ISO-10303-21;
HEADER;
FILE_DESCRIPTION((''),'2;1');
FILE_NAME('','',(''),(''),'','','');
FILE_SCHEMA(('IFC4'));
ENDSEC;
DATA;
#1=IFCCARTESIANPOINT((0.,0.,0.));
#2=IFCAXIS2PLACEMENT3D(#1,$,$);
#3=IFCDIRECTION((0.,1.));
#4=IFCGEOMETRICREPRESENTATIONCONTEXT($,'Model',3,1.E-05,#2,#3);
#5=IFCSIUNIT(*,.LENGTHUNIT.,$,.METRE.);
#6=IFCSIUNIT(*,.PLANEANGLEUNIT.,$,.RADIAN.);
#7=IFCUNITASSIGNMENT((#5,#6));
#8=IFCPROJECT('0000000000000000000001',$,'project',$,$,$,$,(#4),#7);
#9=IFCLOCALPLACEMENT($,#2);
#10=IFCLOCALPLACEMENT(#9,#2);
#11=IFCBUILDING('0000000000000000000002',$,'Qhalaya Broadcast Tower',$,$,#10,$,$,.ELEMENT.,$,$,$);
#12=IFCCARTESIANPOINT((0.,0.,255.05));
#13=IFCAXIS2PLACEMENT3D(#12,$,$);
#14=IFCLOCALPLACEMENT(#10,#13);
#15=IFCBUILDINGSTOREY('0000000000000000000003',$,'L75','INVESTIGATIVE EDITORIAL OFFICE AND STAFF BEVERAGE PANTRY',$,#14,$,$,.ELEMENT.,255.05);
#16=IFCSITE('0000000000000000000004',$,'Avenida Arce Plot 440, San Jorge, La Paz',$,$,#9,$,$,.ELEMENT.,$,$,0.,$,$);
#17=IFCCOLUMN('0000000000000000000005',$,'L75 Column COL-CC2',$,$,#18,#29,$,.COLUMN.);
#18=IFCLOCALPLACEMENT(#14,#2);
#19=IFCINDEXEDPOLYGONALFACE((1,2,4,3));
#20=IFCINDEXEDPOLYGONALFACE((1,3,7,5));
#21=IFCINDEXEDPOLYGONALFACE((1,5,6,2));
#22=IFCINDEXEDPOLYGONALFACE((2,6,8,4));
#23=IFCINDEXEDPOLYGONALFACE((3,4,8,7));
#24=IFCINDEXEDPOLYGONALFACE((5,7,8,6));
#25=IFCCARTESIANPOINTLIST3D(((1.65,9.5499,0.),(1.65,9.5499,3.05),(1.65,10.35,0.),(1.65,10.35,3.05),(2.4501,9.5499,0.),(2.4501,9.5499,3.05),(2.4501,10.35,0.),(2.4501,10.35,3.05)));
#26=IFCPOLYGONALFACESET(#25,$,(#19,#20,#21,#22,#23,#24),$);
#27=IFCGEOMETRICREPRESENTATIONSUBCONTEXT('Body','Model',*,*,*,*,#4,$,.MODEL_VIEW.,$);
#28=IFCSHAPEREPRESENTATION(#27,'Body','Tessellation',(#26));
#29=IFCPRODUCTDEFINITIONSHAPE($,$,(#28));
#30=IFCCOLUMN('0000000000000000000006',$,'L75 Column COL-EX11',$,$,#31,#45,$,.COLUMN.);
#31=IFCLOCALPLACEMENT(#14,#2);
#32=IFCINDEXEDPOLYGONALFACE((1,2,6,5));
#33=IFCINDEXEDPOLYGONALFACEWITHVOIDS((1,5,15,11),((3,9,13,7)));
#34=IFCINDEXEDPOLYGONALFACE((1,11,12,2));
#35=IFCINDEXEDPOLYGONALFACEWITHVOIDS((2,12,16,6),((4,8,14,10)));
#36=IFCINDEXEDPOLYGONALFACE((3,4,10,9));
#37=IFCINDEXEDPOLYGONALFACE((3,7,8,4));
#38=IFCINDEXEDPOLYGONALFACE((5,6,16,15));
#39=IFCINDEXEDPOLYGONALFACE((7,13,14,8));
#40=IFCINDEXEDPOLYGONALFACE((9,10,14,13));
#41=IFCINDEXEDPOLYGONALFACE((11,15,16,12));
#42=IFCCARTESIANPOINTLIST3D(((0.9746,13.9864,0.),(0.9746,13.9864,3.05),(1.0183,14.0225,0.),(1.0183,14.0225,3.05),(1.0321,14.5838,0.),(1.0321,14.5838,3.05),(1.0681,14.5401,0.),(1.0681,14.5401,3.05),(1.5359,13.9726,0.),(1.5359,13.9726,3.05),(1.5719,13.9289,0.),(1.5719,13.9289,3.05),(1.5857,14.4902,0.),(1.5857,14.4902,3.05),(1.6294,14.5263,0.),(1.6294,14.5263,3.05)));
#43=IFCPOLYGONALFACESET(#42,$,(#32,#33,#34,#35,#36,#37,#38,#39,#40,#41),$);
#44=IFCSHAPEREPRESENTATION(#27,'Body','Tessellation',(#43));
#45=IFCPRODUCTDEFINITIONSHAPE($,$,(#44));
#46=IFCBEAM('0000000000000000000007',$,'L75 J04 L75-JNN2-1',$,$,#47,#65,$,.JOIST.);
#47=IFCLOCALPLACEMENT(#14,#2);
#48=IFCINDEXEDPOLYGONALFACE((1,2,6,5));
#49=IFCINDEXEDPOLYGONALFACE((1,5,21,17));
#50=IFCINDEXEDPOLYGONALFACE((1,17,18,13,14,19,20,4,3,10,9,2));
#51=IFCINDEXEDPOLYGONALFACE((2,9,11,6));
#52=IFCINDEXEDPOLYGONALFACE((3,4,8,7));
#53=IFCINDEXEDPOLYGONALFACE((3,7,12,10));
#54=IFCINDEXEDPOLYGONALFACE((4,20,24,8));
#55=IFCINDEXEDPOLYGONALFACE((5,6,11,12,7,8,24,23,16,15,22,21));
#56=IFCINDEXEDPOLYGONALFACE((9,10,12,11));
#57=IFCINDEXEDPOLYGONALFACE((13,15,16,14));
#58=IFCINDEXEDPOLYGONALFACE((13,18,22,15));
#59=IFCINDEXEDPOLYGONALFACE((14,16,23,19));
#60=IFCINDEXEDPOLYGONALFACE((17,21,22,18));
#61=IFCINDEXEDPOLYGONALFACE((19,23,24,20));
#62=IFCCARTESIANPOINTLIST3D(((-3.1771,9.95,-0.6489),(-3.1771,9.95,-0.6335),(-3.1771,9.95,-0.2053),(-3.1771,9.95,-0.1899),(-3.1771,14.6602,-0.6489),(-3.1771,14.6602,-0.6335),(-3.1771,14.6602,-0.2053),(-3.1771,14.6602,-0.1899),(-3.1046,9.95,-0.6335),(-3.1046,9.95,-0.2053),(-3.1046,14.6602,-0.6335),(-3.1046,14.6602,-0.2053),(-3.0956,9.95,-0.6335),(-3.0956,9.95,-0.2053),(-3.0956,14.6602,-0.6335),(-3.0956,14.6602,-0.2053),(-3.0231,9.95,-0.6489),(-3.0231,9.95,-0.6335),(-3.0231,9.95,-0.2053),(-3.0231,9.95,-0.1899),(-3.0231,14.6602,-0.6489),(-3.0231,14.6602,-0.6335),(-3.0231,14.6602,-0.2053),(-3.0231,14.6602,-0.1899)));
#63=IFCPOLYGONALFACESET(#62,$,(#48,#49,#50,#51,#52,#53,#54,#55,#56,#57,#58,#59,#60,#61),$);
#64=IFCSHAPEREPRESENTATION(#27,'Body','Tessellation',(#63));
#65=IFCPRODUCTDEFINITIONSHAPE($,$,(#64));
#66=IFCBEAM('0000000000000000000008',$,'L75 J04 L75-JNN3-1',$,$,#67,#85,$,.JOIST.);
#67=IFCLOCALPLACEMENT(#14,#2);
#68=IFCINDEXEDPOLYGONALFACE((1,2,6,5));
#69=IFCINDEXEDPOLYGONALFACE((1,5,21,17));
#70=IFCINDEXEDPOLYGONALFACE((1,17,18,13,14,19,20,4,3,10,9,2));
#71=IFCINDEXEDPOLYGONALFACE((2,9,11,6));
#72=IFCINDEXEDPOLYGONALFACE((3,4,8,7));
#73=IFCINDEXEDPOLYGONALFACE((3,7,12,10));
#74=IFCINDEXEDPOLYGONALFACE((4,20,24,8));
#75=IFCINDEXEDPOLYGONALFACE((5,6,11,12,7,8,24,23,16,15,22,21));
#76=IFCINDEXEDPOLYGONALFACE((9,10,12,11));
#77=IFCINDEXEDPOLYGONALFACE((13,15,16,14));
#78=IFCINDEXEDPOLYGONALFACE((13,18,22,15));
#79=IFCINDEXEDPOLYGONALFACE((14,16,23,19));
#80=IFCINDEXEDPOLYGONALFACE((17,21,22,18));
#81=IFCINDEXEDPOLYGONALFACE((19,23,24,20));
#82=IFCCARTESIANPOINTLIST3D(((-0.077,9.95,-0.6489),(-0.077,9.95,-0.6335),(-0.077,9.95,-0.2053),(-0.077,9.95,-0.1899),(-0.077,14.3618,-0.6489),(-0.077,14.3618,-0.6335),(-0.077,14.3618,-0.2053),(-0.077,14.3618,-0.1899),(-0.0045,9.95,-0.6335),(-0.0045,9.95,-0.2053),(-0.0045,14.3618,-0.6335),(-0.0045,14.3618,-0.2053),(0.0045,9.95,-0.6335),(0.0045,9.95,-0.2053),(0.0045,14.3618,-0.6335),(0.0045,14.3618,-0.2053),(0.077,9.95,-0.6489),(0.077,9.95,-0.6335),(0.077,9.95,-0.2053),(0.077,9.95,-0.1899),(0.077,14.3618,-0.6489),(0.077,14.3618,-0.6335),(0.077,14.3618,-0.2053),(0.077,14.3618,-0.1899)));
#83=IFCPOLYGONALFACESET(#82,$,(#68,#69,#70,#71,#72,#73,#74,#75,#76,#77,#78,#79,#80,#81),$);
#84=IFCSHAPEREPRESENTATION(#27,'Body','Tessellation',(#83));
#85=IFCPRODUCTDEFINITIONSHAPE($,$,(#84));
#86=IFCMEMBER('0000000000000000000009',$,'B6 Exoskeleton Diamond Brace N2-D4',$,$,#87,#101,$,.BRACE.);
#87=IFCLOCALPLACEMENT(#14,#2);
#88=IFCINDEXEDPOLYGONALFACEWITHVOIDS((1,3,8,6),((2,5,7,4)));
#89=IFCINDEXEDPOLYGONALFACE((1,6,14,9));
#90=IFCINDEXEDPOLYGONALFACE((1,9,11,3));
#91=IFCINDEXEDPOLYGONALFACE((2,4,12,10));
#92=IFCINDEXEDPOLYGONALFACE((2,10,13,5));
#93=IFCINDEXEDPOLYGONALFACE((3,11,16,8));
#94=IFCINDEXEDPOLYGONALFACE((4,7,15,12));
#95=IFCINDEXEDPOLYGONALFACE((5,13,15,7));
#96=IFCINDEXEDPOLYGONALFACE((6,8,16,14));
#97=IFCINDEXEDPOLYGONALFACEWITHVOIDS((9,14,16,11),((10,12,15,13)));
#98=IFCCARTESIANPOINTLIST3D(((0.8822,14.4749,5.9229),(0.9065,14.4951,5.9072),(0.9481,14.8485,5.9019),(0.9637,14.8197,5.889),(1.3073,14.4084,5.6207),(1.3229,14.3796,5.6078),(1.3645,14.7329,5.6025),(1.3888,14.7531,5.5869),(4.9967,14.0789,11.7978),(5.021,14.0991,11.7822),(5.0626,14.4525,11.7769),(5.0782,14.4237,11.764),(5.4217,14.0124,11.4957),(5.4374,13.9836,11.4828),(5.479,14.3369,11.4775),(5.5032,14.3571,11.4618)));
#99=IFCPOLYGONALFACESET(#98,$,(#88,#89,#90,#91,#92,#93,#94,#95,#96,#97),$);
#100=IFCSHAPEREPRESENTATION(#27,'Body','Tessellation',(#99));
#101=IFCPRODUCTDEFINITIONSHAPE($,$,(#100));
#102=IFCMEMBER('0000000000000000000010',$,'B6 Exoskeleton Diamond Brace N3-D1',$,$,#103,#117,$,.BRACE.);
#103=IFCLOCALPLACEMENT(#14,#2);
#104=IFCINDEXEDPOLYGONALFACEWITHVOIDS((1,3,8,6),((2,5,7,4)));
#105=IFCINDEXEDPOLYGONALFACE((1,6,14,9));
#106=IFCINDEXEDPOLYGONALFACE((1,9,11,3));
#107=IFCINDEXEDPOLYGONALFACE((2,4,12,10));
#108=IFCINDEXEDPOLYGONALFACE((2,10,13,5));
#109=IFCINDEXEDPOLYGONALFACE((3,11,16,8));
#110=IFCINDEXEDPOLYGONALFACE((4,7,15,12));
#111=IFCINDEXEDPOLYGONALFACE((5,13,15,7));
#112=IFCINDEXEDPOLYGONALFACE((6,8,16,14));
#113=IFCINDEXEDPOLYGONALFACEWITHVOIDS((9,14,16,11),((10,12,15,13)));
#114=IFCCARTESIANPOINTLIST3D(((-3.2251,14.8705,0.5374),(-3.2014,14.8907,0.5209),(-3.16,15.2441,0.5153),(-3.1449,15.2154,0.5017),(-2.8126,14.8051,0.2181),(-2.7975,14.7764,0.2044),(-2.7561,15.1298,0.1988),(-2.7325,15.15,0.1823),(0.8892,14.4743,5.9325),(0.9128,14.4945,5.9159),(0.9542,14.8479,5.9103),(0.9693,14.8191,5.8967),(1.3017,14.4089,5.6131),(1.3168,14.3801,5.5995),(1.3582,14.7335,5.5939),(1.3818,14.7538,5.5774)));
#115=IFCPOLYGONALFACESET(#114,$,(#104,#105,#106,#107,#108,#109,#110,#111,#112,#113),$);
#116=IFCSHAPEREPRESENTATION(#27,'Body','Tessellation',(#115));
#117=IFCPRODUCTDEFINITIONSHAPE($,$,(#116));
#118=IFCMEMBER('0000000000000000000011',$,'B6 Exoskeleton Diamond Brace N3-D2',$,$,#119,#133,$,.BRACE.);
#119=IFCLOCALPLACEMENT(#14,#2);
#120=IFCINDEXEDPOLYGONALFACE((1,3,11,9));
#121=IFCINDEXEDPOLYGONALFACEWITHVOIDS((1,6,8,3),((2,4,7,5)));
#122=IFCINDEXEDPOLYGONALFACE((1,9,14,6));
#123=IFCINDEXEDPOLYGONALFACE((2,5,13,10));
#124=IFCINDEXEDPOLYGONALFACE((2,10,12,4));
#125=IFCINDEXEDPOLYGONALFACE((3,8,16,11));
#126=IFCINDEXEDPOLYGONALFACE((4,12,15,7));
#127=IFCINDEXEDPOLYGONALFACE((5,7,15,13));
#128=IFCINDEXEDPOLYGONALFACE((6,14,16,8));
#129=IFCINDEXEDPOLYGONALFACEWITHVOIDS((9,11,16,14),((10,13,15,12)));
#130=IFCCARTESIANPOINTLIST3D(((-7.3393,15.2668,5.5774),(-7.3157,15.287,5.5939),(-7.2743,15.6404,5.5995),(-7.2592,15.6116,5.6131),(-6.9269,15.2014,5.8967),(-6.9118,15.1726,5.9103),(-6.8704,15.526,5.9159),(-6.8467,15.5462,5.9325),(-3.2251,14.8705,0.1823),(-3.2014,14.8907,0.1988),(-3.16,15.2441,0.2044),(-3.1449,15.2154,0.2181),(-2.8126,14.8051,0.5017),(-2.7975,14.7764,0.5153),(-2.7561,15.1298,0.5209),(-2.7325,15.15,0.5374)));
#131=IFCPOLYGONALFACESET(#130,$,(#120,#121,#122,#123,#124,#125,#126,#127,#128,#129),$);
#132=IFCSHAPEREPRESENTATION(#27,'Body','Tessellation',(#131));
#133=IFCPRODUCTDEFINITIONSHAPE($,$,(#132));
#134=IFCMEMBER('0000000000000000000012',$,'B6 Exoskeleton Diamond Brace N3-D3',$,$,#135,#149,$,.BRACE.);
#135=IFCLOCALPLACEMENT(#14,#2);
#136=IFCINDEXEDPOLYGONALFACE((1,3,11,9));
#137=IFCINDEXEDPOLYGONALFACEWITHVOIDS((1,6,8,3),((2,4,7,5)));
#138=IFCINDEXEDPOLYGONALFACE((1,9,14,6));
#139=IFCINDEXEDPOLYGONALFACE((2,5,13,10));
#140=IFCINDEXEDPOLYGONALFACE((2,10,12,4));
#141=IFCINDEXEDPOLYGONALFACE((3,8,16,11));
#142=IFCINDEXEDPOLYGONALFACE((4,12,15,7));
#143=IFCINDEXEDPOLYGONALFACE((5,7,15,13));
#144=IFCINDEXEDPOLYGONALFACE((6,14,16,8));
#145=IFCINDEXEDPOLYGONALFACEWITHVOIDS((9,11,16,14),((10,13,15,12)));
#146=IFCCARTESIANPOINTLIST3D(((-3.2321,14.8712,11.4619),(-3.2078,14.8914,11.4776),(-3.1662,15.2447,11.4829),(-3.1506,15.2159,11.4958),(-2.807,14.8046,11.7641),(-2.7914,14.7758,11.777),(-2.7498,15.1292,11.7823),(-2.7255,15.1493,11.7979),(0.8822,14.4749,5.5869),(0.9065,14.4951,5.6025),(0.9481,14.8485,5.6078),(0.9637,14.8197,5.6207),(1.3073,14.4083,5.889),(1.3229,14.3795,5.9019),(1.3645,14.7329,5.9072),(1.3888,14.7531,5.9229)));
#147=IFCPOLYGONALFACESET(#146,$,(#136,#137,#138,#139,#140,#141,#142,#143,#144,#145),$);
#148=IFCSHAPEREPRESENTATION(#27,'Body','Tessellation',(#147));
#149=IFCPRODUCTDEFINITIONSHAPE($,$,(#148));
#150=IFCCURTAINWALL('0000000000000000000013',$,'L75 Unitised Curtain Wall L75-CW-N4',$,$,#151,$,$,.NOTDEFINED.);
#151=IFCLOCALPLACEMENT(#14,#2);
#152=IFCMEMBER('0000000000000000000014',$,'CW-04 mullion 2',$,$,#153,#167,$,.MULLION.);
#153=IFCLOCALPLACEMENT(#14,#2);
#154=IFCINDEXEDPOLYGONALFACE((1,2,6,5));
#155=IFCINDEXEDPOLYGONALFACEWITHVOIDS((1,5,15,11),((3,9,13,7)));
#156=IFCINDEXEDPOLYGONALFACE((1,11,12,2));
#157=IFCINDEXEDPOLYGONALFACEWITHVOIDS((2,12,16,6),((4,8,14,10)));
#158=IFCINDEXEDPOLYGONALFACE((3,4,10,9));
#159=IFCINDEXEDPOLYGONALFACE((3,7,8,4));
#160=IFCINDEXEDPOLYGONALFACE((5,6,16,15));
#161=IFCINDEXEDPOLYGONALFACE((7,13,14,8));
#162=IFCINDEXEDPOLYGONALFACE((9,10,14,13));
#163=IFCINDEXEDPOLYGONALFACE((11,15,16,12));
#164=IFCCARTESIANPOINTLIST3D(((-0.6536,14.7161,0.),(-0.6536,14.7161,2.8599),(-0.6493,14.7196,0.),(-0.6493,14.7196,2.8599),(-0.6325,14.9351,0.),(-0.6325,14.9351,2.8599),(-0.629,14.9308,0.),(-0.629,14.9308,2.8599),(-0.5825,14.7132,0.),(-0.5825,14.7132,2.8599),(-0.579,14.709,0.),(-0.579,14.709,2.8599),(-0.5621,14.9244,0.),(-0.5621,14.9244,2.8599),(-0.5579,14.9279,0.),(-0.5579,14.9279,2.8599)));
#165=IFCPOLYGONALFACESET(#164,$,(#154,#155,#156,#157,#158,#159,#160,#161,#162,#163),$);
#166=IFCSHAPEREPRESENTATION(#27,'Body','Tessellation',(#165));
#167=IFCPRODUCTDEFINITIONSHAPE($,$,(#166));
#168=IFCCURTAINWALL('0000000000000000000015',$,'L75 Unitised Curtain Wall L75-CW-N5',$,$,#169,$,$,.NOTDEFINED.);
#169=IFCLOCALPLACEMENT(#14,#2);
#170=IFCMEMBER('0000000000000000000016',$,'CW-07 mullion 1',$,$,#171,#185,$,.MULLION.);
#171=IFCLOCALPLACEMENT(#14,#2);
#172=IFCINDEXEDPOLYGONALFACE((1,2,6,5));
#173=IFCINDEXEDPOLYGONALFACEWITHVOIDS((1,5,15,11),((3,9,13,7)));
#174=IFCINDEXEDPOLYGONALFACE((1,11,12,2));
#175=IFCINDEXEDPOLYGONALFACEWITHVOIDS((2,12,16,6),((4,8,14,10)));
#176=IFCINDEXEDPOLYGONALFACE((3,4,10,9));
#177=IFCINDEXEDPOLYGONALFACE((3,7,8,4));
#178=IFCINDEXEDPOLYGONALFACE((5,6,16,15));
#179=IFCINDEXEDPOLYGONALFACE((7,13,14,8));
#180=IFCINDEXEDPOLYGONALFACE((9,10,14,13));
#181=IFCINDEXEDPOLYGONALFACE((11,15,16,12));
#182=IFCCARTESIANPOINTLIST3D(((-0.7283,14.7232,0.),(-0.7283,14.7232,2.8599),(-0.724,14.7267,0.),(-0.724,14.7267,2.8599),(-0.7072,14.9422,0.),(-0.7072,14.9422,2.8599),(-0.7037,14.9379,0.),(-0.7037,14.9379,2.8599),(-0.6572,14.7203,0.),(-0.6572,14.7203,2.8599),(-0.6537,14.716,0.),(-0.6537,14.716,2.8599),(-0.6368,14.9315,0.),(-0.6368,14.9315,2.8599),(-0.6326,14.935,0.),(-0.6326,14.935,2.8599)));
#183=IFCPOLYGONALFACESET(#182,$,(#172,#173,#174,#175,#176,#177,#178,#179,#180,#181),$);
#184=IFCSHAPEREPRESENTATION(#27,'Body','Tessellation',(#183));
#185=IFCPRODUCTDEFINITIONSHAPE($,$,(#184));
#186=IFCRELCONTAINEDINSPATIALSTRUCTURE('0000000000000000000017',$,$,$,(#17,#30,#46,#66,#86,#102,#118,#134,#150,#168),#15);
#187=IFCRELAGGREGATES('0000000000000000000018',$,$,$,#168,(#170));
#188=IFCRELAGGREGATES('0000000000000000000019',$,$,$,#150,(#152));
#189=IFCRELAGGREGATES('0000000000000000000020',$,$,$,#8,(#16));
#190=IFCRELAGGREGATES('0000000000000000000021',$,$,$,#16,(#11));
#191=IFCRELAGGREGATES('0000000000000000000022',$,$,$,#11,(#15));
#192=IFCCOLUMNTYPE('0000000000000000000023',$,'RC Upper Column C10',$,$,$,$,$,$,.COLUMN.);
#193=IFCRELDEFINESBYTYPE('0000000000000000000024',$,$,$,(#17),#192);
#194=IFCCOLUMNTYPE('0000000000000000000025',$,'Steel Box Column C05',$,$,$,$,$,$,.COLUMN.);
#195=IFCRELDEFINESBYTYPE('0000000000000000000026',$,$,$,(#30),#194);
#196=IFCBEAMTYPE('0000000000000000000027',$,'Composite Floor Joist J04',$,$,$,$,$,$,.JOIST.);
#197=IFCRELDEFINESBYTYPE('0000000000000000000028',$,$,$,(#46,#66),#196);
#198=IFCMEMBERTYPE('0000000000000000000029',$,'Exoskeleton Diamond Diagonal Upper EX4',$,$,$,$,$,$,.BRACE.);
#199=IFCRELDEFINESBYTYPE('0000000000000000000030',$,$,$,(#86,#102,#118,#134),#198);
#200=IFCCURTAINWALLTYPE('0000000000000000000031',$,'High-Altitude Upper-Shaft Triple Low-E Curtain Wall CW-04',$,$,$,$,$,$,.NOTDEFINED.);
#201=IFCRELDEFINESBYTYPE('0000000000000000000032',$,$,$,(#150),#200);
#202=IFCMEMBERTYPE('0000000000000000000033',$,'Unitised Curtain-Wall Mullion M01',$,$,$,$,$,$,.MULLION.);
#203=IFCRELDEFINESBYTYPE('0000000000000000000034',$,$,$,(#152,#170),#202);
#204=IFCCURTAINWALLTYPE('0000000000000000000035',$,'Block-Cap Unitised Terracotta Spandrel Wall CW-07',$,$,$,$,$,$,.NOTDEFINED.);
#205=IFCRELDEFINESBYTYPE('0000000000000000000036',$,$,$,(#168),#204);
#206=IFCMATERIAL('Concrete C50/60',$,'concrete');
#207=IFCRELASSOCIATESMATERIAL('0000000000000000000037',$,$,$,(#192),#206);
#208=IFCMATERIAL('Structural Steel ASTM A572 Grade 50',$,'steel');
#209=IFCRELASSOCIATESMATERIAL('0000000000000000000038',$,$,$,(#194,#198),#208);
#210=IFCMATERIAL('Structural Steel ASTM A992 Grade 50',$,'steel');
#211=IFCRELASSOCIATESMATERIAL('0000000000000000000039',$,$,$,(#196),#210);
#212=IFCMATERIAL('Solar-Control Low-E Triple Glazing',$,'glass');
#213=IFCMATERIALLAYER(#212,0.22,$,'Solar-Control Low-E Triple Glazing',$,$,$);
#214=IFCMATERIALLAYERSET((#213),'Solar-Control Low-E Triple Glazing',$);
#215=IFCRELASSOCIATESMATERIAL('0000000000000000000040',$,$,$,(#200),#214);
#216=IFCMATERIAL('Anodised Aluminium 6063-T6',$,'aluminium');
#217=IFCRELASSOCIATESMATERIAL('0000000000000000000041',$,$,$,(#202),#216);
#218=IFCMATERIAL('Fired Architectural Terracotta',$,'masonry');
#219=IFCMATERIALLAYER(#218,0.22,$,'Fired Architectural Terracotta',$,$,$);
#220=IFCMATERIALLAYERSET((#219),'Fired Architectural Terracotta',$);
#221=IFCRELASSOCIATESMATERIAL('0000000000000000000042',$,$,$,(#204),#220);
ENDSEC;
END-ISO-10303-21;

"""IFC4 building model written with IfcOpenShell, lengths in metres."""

from ifc_helpers import new_model, si_unit, direction, frame, origin, origin_2d, place, context, subcontext, project, spatial, rectangle, hollow_rectangle, i_section, extrude, material, layer, layer_set, material_profile, profile_set, type_object, element, aggregate, save


model = new_model("IFC4")

# Units and contexts
model_context = context("Model", 3, precision=1e-05, world=origin(), true_north=direction((0.0, 1.0)))
body_context = subcontext(model_context, "Body", "Model", "MODEL_VIEW")
ifc_project = project(units=[si_unit("LENGTHUNIT", "METRE"), si_unit("PLANEANGLEUNIT", "RADIAN")], contexts=[model_context])

# Site, building, storey
site_placement = place(None, origin())
site = spatial("IfcSite", under=ifc_project, at=site_placement, Name="Avenida Arce Plot 440, San Jorge, La Paz", CompositionType="ELEMENT", RefElevation=0.0)
building_placement = place(site_placement, origin())
building = spatial("IfcBuilding", under=site, at=building_placement, Name="Qhalaya Broadcast Tower", CompositionType="ELEMENT")
storey_placement = place(building_placement, frame((0.0, 0.0, 255.05)))
storey = spatial("IfcBuildingStorey", under=building, at=storey_placement, Name="L75", Description="INVESTIGATIVE EDITORIAL OFFICE AND STAFF BEVERAGE PANTRY", CompositionType="ELEMENT", Elevation=255.05)

# Columns
ifc_material_1 = material(Name="Concrete C50/60", Category="concrete")
ifc_material_profile_1 = material_profile(ifc_material_1, rectangle(XDim=0.8, YDim=0.8, at=origin_2d()), Name="RC-COL 800x800")
ifc_profile_set_1 = profile_set([ifc_material_profile_1], Name="Concrete C50/60")
column_type_1 = type_object("IfcColumnType", Name="RC Upper Column C10", PredefinedType="COLUMN", material=ifc_profile_set_1)
column_1_placement = place(storey_placement, frame((2.05, 9.95, 0.0), z_axis=(0.0, 0.0, 1.0), x_axis=(1.0, 0.0, 0.0)))
element("IfcColumn", 1, at=column_1_placement, inside=storey, type_object=column_type_1, Name="L75 Column COL-CC2", PredefinedType="COLUMN", context=body_context, shape_type="SweptSolid", body=[
    extrude(rectangle(XDim=0.8, YDim=0.8, at=origin_2d()), origin(), (0.0, 0.0, 1.0), 3.05),
])
ifc_material_2 = material(Name="Structural Steel ASTM A572 Grade 50", Category="steel")
ifc_material_profile_2 = material_profile(ifc_material_2, hollow_rectangle(XDim=0.6001, YDim=0.6001, WallThickness=0.04, at=origin_2d()), Name="BOX 600x600x40")
ifc_profile_set_2 = profile_set([ifc_material_profile_2], Name="Structural Steel ASTM A572 Grade 50")
column_type_2 = type_object("IfcColumnType", Name="Steel Box Column C05", PredefinedType="COLUMN", material=ifc_profile_set_2)
column_2_placement = place(storey_placement, frame((1.302, 14.2563, 0.0), z_axis=(0.0, 0.0, 1.0), x_axis=(0.995396, -0.095846, 0.0)))
element("IfcColumn", 2, at=column_2_placement, inside=storey, type_object=column_type_2, Name="L75 Column COL-EX11", PredefinedType="COLUMN", context=body_context, shape_type="SweptSolid", body=[
    extrude(hollow_rectangle(XDim=0.6001, YDim=0.6001, WallThickness=0.04, at=origin_2d()), origin(), (0.0, 0.0, 1.0), 3.05),
])

# Beams
ifc_material_3 = material(Name="Structural Steel ASTM A992 Grade 50", Category="steel")
ifc_material_profile_3 = material_profile(ifc_material_3, i_section(OverallWidth=0.1541, OverallDepth=0.459, WebThickness=0.009, FlangeThickness=0.0154, at=origin_2d()), Name="W18X46")
ifc_profile_set_3 = profile_set([ifc_material_profile_3], Name="Structural Steel ASTM A992 Grade 50")
beam_type_1 = type_object("IfcBeamType", Name="Composite Floor Joist J04", PredefinedType="JOIST", material=ifc_profile_set_3)
beam_1_placement = place(storey_placement, frame((-3.1001, 9.95, -0.4194), z_axis=(0.0, 1.0, 0.0), x_axis=(-1.0, 0.0, 0.0)))
element("IfcBeam", 3, at=beam_1_placement, inside=storey, type_object=beam_type_1, Name="L75 J04 L75-JNN2-1", PredefinedType="JOIST", context=body_context, shape_type="SweptSolid", body=[
    extrude(i_section(OverallWidth=0.1541, OverallDepth=0.459, WebThickness=0.009, FlangeThickness=0.0154, at=origin_2d()), origin(), (0.0, 0.0, 1.0), 4.7102),
])
beam_2_placement = place(storey_placement, frame((0.0, 9.95, -0.4194), z_axis=(0.0, 1.0, 0.0), x_axis=(-1.0, 0.0, 0.0)))
element("IfcBeam", 4, at=beam_2_placement, inside=storey, type_object=beam_type_1, Name="L75 J04 L75-JNN3-1", PredefinedType="JOIST", context=body_context, shape_type="SweptSolid", body=[
    extrude(i_section(OverallWidth=0.1541, OverallDepth=0.459, WebThickness=0.009, FlangeThickness=0.0154, at=origin_2d()), origin(), (0.0, 0.0, 1.0), 4.4119),
])

# Members
ifc_material_profile_4 = material_profile(ifc_material_2, hollow_rectangle(XDim=0.3799, YDim=0.55, WallThickness=0.0249, at=origin_2d()), Name="BOX 380x550x25")
ifc_profile_set_4 = profile_set([ifc_material_profile_4], Name="Structural Steel ASTM A572 Grade 50")
member_type_1 = type_object("IfcMemberType", Name="Exoskeleton Diamond Diagonal Upper EX4", PredefinedType="BRACE", material=ifc_profile_set_4)
member_1_placement = place(storey_placement, frame((1.1355, 14.614, 5.7549), z_axis=(0.572777, -0.055126, 0.817855), x_axis=(0.173388, 0.983308, -0.055152)))
element("IfcMember", 5, at=member_1_placement, inside=storey, type_object=member_type_1, Name="B6 Exoskeleton Diamond Brace N2-D4", PredefinedType="BRACE", context=body_context, shape_type="SweptSolid", body=[
    extrude(hollow_rectangle(XDim=0.3799, YDim=0.55, WallThickness=0.0249, at=origin_2d()), origin(), (0.0, 0.0, 1.0), 7.1833),
])
for number, where, z_axis, x_axis, name in (
    (6, (-2.9788, 15.0103, 0.3599), (0.605363, -0.058302, 0.793811), (0.171157, 0.983518, -0.05829), "B6 Exoskeleton Diamond Brace N3-D1"),
    (7, (-2.9788, 15.0103, 0.3599), (-0.605363, 0.058302, 0.793811), (-0.171157, -0.983518, -0.05829), "B6 Exoskeleton Diamond Brace N3-D2"),
):
    element("IfcMember", number, at=place(storey_placement, frame(where, z_axis=z_axis, x_axis=x_axis)), inside=storey, type_object=member_type_1, Name=name, PredefinedType="BRACE", context=body_context, shape_type="SweptSolid", body=[
        extrude(hollow_rectangle(XDim=0.3799, YDim=0.55, WallThickness=0.0249, at=origin_2d()), origin(), (0.0, 0.0, 1.0), 6.7964),
    ])
member_2_placement = place(storey_placement, frame((1.1355, 14.614, 5.7549), z_axis=(-0.572753, 0.055161, 0.81787), x_axis=(-0.173452, -0.983297, -0.05515)))
element("IfcMember", 8, at=member_2_placement, inside=storey, type_object=member_type_1, Name="B6 Exoskeleton Diamond Brace N3-D3", PredefinedType="BRACE", context=body_context, shape_type="SweptSolid", body=[
    extrude(hollow_rectangle(XDim=0.3799, YDim=0.55, WallThickness=0.0249, at=origin_2d()), origin(), (0.0, 0.0, 1.0), 7.1833),
])

# Curtain wall, member
ifc_material_4 = material(Name="Solar-Control Low-E Triple Glazing", Category="glass")
ifc_layer_1 = layer(ifc_material_4, 0.22, Name="Solar-Control Low-E Triple Glazing")
ifc_layer_set_1 = layer_set([ifc_layer_1], Name="Solar-Control Low-E Triple Glazing")
curtain_wall_type_1 = type_object("IfcCurtainWallType", Name="High-Altitude Upper-Shaft Triple Low-E Curtain Wall CW-04", PredefinedType="NOTDEFINED", material=ifc_layer_set_1)
curtain_wall_1_placement = place(storey_placement, origin())
curtain_wall_1 = element("IfcCurtainWall", 9, at=curtain_wall_1_placement, inside=storey, type_object=curtain_wall_type_1, Name="L75 Unitised Curtain Wall L75-CW-N4", PredefinedType="NOTDEFINED")
ifc_material_5 = material(Name="Anodised Aluminium 6063-T6", Category="aluminium")
ifc_material_profile_5 = material_profile(ifc_material_5, hollow_rectangle(XDim=0.075, YDim=0.22, WallThickness=0.0039, at=origin_2d()), Name="ALU-MUL 75x220x4")
ifc_profile_set_5 = profile_set([ifc_material_profile_5], Name="Anodised Aluminium 6063-T6")
member_type_2 = type_object("IfcMemberType", Name="Unitised Curtain-Wall Mullion M01", PredefinedType="MULLION", material=ifc_profile_set_5)
member_3_placement = place(storey_placement, frame((-0.6057, 14.822, 0.0), z_axis=(0.0, 0.0, 1.0), x_axis=(-0.995397, 0.09584, 0.0)))
member_3 = element("IfcMember", 10, at=member_3_placement, type_object=member_type_2, Name="CW-04 mullion 2", PredefinedType="MULLION", context=body_context, shape_type="SweptSolid", body=[
    extrude(hollow_rectangle(XDim=0.075, YDim=0.22, WallThickness=0.0039, at=origin_2d()), origin(), (0.0, 0.0, 1.0), 2.8599),
])

# Curtain wall, member
ifc_material_6 = material(Name="Fired Architectural Terracotta", Category="masonry")
ifc_layer_2 = layer(ifc_material_6, 0.22, Name="Fired Architectural Terracotta")
ifc_layer_set_2 = layer_set([ifc_layer_2], Name="Fired Architectural Terracotta")
curtain_wall_type_2 = type_object("IfcCurtainWallType", Name="Block-Cap Unitised Terracotta Spandrel Wall CW-07", PredefinedType="NOTDEFINED", material=ifc_layer_set_2)
curtain_wall_2_placement = place(storey_placement, origin())
curtain_wall_2 = element("IfcCurtainWall", 11, at=curtain_wall_2_placement, inside=storey, type_object=curtain_wall_type_2, Name="L75 Unitised Curtain Wall L75-CW-N5", PredefinedType="NOTDEFINED")
member_4_placement = place(storey_placement, frame((-0.6804, 14.8291, 0.0), z_axis=(0.0, 0.0, 1.0), x_axis=(-0.995396, 0.095848, 0.0)))
member_4 = element("IfcMember", 12, at=member_4_placement, type_object=member_type_2, Name="CW-07 mullion 1", PredefinedType="MULLION", context=body_context, shape_type="SweptSolid", body=[
    extrude(hollow_rectangle(XDim=0.075, YDim=0.22, WallThickness=0.0039, at=origin_2d()), origin(), (0.0, 0.0, 1.0), 2.8599),
])

aggregate(curtain_wall_2, [member_4])
aggregate(curtain_wall_1, [member_3])

save(model, "model.ifc")
